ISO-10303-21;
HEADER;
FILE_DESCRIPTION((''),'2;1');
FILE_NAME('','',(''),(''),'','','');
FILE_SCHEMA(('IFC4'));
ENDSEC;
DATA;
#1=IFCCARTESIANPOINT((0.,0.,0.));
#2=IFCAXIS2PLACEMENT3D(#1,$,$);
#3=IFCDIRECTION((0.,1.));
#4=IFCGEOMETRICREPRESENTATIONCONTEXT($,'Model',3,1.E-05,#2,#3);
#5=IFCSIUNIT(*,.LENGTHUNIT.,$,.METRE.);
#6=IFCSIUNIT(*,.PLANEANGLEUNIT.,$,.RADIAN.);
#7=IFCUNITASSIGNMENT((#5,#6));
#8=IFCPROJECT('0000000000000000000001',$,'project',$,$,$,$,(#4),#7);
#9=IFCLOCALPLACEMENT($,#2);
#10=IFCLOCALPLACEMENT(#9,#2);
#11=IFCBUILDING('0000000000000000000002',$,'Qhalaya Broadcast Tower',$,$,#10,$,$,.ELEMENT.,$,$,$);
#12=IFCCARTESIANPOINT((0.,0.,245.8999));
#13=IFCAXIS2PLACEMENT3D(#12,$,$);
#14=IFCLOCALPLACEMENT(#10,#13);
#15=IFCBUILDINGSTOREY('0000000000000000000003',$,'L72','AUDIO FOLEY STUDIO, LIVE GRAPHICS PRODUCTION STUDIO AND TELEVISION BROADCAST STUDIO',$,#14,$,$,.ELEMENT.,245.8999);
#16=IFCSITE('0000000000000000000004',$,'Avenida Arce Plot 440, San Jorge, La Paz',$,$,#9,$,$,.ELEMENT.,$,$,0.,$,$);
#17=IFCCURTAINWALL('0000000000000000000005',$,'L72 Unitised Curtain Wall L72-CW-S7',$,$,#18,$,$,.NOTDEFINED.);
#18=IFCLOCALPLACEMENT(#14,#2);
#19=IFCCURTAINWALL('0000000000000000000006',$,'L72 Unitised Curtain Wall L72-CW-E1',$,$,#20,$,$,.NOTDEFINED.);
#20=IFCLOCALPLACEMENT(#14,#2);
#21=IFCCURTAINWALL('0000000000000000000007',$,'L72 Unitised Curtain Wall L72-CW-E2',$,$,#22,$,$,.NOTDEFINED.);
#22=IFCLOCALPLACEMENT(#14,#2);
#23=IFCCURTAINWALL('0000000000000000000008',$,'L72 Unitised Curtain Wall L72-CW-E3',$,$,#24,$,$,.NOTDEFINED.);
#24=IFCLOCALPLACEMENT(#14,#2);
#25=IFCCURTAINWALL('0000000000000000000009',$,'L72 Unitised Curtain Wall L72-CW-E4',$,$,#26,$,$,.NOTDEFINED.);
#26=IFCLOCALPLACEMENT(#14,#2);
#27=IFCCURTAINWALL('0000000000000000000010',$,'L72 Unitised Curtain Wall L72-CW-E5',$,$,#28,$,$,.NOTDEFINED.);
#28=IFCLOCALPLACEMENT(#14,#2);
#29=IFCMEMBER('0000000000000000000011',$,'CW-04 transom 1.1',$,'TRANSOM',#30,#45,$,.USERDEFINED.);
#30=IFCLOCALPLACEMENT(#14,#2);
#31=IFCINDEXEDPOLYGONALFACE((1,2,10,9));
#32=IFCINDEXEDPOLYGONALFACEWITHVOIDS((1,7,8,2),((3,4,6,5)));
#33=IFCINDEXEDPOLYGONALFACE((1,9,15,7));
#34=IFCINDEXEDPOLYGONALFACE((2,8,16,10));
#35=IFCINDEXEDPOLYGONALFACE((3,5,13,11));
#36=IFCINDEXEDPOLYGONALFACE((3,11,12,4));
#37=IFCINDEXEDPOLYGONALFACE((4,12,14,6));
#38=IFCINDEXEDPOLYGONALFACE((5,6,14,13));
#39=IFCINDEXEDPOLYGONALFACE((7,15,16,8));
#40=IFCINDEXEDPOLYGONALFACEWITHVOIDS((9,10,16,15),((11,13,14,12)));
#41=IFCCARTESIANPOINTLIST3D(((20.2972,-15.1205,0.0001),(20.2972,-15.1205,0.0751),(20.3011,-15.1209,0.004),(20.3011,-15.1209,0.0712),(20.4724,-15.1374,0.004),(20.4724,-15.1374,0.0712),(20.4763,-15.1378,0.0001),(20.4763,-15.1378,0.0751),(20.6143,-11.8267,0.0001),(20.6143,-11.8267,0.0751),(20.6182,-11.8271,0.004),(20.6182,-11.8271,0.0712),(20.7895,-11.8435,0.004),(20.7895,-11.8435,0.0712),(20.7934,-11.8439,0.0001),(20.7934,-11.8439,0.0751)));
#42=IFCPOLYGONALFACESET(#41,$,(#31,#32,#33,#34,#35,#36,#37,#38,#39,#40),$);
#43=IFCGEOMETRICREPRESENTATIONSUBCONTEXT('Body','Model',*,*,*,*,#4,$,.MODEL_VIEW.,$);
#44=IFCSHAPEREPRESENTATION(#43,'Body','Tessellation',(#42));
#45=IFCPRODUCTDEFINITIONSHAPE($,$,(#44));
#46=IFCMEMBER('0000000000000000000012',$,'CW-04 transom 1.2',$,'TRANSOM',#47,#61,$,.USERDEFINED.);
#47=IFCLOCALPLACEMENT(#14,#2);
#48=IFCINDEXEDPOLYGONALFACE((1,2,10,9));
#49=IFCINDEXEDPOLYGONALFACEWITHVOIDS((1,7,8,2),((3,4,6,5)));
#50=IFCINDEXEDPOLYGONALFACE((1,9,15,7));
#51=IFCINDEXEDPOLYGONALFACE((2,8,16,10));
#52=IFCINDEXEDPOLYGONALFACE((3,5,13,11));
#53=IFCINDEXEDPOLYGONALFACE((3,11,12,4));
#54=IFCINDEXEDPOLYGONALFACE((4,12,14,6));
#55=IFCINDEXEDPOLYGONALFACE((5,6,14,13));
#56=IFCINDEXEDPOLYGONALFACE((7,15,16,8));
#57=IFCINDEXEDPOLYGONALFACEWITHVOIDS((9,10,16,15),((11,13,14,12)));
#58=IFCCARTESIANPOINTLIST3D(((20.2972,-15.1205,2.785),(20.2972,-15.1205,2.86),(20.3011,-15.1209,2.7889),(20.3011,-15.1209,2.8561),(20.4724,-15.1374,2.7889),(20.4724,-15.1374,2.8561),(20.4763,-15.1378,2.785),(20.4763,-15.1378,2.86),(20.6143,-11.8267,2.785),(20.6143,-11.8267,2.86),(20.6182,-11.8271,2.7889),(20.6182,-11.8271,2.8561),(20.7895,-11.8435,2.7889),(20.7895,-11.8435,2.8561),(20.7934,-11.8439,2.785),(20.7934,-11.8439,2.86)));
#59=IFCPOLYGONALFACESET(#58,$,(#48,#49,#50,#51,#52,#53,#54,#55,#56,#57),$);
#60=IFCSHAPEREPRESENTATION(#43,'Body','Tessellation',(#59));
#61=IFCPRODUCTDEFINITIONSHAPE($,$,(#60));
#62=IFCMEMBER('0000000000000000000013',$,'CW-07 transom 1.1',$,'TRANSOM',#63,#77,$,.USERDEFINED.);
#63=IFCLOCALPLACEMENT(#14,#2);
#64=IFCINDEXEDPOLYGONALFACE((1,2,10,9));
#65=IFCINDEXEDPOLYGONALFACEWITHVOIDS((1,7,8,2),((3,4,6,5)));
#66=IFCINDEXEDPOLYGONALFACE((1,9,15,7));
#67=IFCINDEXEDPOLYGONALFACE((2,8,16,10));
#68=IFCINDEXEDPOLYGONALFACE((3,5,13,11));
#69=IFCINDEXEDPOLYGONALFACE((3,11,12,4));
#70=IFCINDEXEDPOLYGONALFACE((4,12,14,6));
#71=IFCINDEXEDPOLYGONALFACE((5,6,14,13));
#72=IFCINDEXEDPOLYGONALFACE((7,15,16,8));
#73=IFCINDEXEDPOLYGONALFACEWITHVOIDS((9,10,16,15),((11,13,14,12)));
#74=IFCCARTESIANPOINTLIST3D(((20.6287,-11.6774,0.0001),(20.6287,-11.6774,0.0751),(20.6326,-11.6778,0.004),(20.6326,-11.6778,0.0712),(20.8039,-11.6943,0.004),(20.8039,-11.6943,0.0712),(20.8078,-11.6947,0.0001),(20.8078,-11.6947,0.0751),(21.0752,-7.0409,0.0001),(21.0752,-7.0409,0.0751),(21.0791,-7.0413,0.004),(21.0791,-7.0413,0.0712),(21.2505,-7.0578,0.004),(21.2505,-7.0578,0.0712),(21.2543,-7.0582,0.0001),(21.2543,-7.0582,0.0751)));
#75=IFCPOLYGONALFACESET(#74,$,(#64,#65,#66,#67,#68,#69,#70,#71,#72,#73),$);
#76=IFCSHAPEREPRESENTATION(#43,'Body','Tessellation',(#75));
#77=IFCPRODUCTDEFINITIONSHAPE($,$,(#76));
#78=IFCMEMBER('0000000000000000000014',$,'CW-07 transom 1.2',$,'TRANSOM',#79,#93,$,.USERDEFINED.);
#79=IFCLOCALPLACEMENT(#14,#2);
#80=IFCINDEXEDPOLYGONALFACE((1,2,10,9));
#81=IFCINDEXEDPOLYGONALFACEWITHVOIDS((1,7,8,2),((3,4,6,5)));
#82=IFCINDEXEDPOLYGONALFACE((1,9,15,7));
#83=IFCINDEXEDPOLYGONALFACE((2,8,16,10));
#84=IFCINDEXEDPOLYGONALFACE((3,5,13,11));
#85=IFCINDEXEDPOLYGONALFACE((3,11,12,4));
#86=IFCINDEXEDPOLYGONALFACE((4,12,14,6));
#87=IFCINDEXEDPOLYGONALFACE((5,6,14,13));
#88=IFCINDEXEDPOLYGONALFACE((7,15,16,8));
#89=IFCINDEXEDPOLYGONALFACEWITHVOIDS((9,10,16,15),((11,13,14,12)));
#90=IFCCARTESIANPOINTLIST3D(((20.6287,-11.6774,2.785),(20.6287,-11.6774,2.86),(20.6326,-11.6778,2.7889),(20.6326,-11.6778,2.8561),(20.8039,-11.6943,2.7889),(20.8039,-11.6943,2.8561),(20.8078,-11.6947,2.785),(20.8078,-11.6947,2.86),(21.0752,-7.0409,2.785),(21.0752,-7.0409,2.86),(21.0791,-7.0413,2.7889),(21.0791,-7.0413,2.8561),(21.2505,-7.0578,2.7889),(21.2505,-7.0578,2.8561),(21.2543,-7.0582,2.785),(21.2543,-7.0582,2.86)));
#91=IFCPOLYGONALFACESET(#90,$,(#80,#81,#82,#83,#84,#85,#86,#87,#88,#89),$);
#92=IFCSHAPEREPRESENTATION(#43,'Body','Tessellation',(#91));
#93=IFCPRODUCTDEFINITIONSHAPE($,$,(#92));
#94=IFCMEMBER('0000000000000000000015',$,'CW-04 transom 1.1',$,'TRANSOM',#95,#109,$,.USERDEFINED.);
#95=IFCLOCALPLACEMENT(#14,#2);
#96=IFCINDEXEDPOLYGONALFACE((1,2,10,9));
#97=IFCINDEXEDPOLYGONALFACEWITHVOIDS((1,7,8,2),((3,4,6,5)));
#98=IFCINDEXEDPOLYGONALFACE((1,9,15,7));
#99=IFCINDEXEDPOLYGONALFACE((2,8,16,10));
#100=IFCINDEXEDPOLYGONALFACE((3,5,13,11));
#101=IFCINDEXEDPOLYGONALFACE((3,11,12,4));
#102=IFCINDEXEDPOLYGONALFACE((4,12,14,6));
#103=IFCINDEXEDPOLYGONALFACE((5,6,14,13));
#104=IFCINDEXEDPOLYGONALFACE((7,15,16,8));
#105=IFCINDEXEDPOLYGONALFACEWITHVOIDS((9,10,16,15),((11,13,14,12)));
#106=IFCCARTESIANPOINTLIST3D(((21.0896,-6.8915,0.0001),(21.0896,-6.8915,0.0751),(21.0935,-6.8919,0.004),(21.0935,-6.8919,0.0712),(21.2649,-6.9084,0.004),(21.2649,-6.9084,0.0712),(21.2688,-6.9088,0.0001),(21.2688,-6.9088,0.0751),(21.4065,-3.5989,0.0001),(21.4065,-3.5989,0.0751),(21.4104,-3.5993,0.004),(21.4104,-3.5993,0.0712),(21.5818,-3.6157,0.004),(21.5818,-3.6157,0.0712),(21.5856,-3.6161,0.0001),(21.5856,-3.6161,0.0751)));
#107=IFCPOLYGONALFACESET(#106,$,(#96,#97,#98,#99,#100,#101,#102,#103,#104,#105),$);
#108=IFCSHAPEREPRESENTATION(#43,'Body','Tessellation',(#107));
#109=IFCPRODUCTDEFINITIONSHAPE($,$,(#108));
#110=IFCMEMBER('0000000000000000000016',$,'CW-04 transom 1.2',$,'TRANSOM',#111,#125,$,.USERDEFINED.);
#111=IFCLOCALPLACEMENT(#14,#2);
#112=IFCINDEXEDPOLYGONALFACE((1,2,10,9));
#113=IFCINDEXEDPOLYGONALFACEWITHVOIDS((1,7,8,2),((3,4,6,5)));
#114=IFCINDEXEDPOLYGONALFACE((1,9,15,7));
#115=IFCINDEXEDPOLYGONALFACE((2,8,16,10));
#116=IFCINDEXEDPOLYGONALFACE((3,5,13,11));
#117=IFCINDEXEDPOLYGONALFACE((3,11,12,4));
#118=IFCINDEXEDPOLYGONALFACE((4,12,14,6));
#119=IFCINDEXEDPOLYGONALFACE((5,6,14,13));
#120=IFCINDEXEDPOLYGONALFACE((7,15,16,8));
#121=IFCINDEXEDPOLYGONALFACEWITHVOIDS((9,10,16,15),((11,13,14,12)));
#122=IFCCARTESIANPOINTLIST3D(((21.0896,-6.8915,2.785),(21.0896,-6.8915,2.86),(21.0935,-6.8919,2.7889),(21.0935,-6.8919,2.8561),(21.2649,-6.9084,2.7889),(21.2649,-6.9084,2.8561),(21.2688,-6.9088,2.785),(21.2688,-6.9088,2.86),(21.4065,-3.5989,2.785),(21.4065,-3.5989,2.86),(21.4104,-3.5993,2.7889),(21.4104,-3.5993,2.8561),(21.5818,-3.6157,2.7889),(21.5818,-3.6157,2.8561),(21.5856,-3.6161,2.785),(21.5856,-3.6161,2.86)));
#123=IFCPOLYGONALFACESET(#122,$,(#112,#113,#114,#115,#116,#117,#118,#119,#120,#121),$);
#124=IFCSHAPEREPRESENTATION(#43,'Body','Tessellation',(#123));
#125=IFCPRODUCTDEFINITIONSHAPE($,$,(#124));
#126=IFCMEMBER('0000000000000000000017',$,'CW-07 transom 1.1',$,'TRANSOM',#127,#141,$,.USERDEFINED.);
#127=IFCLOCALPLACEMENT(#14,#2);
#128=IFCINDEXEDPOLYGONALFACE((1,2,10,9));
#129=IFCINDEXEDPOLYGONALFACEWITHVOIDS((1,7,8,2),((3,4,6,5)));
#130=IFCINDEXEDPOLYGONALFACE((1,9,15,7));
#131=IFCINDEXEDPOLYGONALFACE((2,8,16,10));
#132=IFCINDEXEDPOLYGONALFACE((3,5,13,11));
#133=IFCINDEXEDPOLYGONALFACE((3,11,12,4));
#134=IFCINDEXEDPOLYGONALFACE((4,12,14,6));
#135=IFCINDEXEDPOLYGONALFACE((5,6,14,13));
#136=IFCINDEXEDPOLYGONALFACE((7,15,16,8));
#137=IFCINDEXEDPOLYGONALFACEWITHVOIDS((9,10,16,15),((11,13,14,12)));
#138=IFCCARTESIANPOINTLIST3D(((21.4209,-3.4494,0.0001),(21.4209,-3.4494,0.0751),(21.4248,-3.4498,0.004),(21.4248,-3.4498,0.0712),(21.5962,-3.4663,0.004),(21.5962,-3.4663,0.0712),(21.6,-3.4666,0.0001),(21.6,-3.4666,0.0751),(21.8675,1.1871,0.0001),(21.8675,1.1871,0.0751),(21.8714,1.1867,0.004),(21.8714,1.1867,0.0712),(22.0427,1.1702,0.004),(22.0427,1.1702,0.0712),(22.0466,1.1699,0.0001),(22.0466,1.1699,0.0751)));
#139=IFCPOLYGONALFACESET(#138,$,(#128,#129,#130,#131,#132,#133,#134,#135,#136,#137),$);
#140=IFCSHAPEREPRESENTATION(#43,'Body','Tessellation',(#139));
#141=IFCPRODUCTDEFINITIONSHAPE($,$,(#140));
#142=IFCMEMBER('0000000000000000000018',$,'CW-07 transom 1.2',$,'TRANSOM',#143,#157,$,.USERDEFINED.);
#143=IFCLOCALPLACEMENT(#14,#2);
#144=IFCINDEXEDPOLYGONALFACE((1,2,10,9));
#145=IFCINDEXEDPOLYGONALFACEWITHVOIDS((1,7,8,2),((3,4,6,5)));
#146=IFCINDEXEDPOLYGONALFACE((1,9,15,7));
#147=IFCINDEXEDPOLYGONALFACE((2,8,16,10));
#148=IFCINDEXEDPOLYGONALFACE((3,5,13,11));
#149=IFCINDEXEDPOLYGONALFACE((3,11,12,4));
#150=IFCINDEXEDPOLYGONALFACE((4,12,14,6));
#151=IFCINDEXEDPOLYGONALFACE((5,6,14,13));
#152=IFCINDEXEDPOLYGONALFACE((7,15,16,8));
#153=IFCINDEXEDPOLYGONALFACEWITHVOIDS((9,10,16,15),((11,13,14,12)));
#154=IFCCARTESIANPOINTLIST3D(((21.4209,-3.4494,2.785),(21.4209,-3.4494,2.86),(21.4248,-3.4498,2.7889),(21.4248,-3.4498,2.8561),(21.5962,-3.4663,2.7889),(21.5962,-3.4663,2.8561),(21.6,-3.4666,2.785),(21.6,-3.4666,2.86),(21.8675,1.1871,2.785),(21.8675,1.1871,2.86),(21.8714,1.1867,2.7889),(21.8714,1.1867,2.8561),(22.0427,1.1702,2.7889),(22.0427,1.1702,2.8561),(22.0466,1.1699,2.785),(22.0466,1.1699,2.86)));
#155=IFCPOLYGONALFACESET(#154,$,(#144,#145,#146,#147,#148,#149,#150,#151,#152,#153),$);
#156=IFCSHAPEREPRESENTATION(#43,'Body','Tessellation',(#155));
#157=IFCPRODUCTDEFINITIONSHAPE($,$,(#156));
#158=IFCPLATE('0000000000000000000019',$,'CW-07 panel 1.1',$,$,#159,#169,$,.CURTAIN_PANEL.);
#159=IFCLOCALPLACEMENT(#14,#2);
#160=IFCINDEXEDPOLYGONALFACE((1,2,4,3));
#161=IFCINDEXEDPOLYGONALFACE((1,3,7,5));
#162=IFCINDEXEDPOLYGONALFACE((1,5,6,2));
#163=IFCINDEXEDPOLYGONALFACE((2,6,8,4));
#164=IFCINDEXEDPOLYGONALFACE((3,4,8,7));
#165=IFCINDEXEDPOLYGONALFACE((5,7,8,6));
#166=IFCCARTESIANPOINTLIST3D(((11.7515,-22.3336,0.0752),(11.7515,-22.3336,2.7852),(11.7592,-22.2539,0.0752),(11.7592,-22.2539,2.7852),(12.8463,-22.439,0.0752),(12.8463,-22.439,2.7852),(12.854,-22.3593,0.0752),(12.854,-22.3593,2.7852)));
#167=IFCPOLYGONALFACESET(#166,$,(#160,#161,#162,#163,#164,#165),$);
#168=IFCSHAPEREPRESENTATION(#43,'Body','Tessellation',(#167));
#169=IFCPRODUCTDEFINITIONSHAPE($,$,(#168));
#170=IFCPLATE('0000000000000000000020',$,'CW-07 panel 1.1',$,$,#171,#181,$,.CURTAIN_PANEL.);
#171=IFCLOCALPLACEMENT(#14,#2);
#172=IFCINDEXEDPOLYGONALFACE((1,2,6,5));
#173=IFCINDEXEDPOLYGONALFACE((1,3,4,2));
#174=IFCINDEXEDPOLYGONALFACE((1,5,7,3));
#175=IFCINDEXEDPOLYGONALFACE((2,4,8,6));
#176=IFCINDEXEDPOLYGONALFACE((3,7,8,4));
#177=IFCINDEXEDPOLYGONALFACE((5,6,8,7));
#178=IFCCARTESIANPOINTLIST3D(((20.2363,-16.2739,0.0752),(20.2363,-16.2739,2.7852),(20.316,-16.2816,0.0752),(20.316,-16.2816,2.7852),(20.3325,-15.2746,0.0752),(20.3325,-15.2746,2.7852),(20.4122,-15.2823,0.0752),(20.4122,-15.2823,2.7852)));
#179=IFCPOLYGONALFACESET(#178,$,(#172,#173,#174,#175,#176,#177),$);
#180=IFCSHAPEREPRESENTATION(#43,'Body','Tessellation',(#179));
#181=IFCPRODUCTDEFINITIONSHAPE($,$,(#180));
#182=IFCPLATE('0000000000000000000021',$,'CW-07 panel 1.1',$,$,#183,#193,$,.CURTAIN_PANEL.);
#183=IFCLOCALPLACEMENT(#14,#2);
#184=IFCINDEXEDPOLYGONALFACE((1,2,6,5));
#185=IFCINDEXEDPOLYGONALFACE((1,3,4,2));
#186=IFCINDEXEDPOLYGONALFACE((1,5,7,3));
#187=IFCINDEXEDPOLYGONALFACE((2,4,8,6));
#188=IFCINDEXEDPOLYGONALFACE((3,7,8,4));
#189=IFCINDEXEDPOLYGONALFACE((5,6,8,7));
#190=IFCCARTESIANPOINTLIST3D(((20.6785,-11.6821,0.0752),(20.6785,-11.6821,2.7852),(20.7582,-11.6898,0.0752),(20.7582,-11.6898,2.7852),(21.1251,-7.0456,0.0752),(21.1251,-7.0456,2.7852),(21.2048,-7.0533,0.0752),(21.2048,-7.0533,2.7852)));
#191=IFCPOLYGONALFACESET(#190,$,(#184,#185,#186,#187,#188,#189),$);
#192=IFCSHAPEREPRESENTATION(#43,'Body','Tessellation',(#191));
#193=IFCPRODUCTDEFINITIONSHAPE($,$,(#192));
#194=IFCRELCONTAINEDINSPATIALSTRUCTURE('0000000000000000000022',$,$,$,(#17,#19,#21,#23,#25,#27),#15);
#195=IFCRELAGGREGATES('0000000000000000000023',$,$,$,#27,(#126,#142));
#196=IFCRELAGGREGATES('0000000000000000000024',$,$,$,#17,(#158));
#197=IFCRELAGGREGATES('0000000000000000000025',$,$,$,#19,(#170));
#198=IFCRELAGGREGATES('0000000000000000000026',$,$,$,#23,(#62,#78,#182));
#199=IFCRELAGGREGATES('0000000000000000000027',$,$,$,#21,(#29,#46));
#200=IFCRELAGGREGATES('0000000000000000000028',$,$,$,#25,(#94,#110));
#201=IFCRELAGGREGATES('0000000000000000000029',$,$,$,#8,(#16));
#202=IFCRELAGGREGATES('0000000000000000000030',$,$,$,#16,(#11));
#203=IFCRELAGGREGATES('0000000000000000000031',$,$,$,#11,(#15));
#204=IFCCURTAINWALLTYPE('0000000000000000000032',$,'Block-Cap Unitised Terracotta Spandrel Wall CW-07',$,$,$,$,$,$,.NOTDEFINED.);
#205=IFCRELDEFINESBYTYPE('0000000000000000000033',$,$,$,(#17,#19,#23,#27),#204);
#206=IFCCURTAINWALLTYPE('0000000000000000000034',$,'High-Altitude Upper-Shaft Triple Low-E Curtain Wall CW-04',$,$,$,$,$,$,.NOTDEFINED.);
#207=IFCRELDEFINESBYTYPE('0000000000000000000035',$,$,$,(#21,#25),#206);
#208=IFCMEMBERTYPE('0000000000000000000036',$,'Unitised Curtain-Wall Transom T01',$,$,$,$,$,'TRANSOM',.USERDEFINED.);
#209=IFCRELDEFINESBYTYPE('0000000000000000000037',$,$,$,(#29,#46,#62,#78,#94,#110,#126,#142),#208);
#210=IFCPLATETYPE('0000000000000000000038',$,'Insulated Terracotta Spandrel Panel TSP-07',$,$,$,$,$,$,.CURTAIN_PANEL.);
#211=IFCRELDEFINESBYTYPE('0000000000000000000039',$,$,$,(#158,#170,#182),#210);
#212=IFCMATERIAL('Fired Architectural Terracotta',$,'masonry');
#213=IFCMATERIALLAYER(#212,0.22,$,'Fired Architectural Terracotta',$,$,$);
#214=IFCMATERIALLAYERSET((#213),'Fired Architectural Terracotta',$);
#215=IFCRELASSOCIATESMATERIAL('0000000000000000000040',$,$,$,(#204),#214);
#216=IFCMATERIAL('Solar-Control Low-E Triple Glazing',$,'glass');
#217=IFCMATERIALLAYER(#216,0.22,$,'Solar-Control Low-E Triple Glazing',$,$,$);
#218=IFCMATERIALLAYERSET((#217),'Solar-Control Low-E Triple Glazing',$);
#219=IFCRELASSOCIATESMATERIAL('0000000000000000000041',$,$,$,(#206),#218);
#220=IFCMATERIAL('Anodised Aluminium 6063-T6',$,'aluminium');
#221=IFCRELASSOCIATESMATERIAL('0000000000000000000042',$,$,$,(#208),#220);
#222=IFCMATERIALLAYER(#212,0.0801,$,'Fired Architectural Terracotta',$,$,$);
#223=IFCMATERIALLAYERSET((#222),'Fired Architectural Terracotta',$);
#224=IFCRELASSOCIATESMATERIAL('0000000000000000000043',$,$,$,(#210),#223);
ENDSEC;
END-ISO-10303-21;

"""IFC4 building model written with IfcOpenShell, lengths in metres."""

from ifc_helpers import new_model, si_unit, direction, frame, origin, origin_2d, place, context, subcontext, project, spatial, rectangle, hollow_rectangle, extrude, material, layer, layer_set, material_profile, profile_set, type_object, element, aggregate, save


model = new_model("IFC4")

# Units and contexts
model_context = context("Model", 3, precision=1e-05, world=origin(), true_north=direction((0.0, 1.0)))
body_context = subcontext(model_context, "Body", "Model", "MODEL_VIEW")
ifc_project = project(units=[si_unit("LENGTHUNIT", "METRE"), si_unit("PLANEANGLEUNIT", "RADIAN")], contexts=[model_context])

# Site, building, storey
site_placement = place(None, origin())
site = spatial("IfcSite", under=ifc_project, at=site_placement, Name="Avenida Arce Plot 440, San Jorge, La Paz", CompositionType="ELEMENT", RefElevation=0.0)
building_placement = place(site_placement, origin())
building = spatial("IfcBuilding", under=site, at=building_placement, Name="Qhalaya Broadcast Tower", CompositionType="ELEMENT")
storey_placement = place(building_placement, frame((0.0, 0.0, 245.8999)))
storey = spatial("IfcBuildingStorey", under=building, at=storey_placement, Name="L72", Description="AUDIO FOLEY STUDIO, LIVE GRAPHICS PRODUCTION STUDIO AND TELEVISION BROADCAST STUDIO", CompositionType="ELEMENT", Elevation=245.8999)

# Curtain walls
ifc_material_1 = material(Name="Fired Architectural Terracotta", Category="masonry")
ifc_layer_1 = layer(ifc_material_1, 0.22, Name="Fired Architectural Terracotta")
ifc_layer_set_1 = layer_set([ifc_layer_1], Name="Fired Architectural Terracotta")
curtain_wall_type_1 = type_object("IfcCurtainWallType", Name="Block-Cap Unitised Terracotta Spandrel Wall CW-07", PredefinedType="NOTDEFINED", material=ifc_layer_set_1)
curtain_wall_1_placement = place(storey_placement, origin())
curtain_wall_1 = element("IfcCurtainWall", 1, at=curtain_wall_1_placement, inside=storey, type_object=curtain_wall_type_1, Name="L72 Unitised Curtain Wall L72-CW-S7", PredefinedType="NOTDEFINED")
ifc_material_2 = material(Name="Anodised Aluminium 6063-T6", Category="aluminium")
curtain_wall_2_placement = place(storey_placement, origin())
curtain_wall_2 = element("IfcCurtainWall", 2, at=curtain_wall_2_placement, inside=storey, type_object=curtain_wall_type_1, Name="L72 Unitised Curtain Wall L72-CW-E1", PredefinedType="NOTDEFINED")
ifc_material_3 = material(Name="Solar-Control Low-E Triple Glazing", Category="glass")
ifc_layer_2 = layer(ifc_material_3, 0.22, Name="Solar-Control Low-E Triple Glazing")
ifc_layer_set_2 = layer_set([ifc_layer_2], Name="Solar-Control Low-E Triple Glazing")
curtain_wall_type_2 = type_object("IfcCurtainWallType", Name="High-Altitude Upper-Shaft Triple Low-E Curtain Wall CW-04", PredefinedType="NOTDEFINED", material=ifc_layer_set_2)
curtain_wall_3_placement = place(storey_placement, origin())
curtain_wall_3 = element("IfcCurtainWall", 3, at=curtain_wall_3_placement, inside=storey, type_object=curtain_wall_type_2, Name="L72 Unitised Curtain Wall L72-CW-E2", PredefinedType="NOTDEFINED")
curtain_wall_4_placement = place(storey_placement, origin())
curtain_wall_4 = element("IfcCurtainWall", 4, at=curtain_wall_4_placement, inside=storey, type_object=curtain_wall_type_1, Name="L72 Unitised Curtain Wall L72-CW-E3", PredefinedType="NOTDEFINED")
curtain_wall_5_placement = place(storey_placement, origin())
curtain_wall_5 = element("IfcCurtainWall", 5, at=curtain_wall_5_placement, inside=storey, type_object=curtain_wall_type_2, Name="L72 Unitised Curtain Wall L72-CW-E4", PredefinedType="NOTDEFINED")

# Curtain wall
curtain_wall_6_placement = place(storey_placement, origin())
curtain_wall_6 = element("IfcCurtainWall", 6, at=curtain_wall_6_placement, inside=storey, type_object=curtain_wall_type_1, Name="L72 Unitised Curtain Wall L72-CW-E5", PredefinedType="NOTDEFINED")

# Members
ifc_material_profile_1 = material_profile(ifc_material_2, hollow_rectangle(XDim=0.075, YDim=0.1799, WallThickness=0.0039, at=origin_2d()), Name="ALU-TRN 75x180x4")
ifc_profile_set_1 = profile_set([ifc_material_profile_1], Name="Anodised Aluminium 6063-T6")
member_type_1 = type_object("IfcMemberType", Name="Unitised Curtain-Wall Transom T01", ElementType="TRANSOM", PredefinedType="USERDEFINED", material=ifc_profile_set_1)
member_1_placement = place(storey_placement, frame((20.3867, -15.1292, 0.0376), z_axis=(0.095836, 0.995397, 0.0), x_axis=(0.0, 0.0, 1.0)))
member_1 = element("IfcMember", 7, at=member_1_placement, type_object=member_type_1, Name="CW-04 transom 1.1", ObjectType="TRANSOM", PredefinedType="USERDEFINED", context=body_context, shape_type="SweptSolid", body=[
    extrude(hollow_rectangle(XDim=0.075, YDim=0.1799, WallThickness=0.0039, at=origin_2d()), origin(), (0.0, 0.0, 1.0), 3.3091),
])
member_2_placement = place(storey_placement, frame((20.3867, -15.1292, 2.8225), z_axis=(0.095836, 0.995397, 0.0), x_axis=(0.0, 0.0, 1.0)))
member_2 = element("IfcMember", 8, at=member_2_placement, type_object=member_type_1, Name="CW-04 transom 1.2", ObjectType="TRANSOM", PredefinedType="USERDEFINED", context=body_context, shape_type="SweptSolid", body=[
    extrude(hollow_rectangle(XDim=0.075, YDim=0.1799, WallThickness=0.0039, at=origin_2d()), origin(), (0.0, 0.0, 1.0), 3.3091),
])
member_3_placement = place(storey_placement, frame((20.7183, -11.686, 0.0376), z_axis=(0.095865, 0.995394, 0.0), x_axis=(0.0, 0.0, 1.0)))
member_3 = element("IfcMember", 9, at=member_3_placement, type_object=member_type_1, Name="CW-07 transom 1.1", ObjectType="TRANSOM", PredefinedType="USERDEFINED", context=body_context, shape_type="SweptSolid", body=[
    extrude(hollow_rectangle(XDim=0.075, YDim=0.1799, WallThickness=0.0039, at=origin_2d()), origin(), (0.0, 0.0, 1.0), 4.658),
])
member_4_placement = place(storey_placement, frame((20.7183, -11.686, 2.8225), z_axis=(0.095865, 0.995394, 0.0), x_axis=(0.0, 0.0, 1.0)))
member_4 = element("IfcMember", 10, at=member_4_placement, type_object=member_type_1, Name="CW-07 transom 1.2", ObjectType="TRANSOM", PredefinedType="USERDEFINED", context=body_context, shape_type="SweptSolid", body=[
    extrude(hollow_rectangle(XDim=0.075, YDim=0.1799, WallThickness=0.0039, at=origin_2d()), origin(), (0.0, 0.0, 1.0), 4.658),
])
member_5_placement = place(storey_placement, frame((21.1792, -6.9001, 0.0376), z_axis=(0.095798, 0.995401, 0.0), x_axis=(0.0, 0.0, 1.0)))
member_5 = element("IfcMember", 11, at=member_5_placement, type_object=member_type_1, Name="CW-04 transom 1.1", ObjectType="TRANSOM", PredefinedType="USERDEFINED", context=body_context, shape_type="SweptSolid", body=[
    extrude(hollow_rectangle(XDim=0.075, YDim=0.1799, WallThickness=0.0039, at=origin_2d()), origin(), (0.0, 0.0, 1.0), 3.3079),
])
member_6_placement = place(storey_placement, frame((21.1792, -6.9001, 2.8225), z_axis=(0.095798, 0.995401, 0.0), x_axis=(0.0, 0.0, 1.0)))
member_6 = element("IfcMember", 12, at=member_6_placement, type_object=member_type_1, Name="CW-04 transom 1.2", ObjectType="TRANSOM", PredefinedType="USERDEFINED", context=body_context, shape_type="SweptSolid", body=[
    extrude(hollow_rectangle(XDim=0.075, YDim=0.1799, WallThickness=0.0039, at=origin_2d()), origin(), (0.0, 0.0, 1.0), 3.3079),
])
member_7_placement = place(storey_placement, frame((21.5105, -3.458, 0.0376), z_axis=(0.095865, 0.995394, 0.0), x_axis=(0.0, 0.0, 1.0)))
member_7 = element("IfcMember", 13, at=member_7_placement, type_object=member_type_1, Name="CW-07 transom 1.1", ObjectType="TRANSOM", PredefinedType="USERDEFINED", context=body_context, shape_type="SweptSolid", body=[
    extrude(hollow_rectangle(XDim=0.075, YDim=0.1799, WallThickness=0.0039, at=origin_2d()), origin(), (0.0, 0.0, 1.0), 4.658),
])
member_8_placement = place(storey_placement, frame((21.5105, -3.458, 2.8225), z_axis=(0.095865, 0.995394, 0.0), x_axis=(0.0, 0.0, 1.0)))
member_8 = element("IfcMember", 14, at=member_8_placement, type_object=member_type_1, Name="CW-07 transom 1.2", ObjectType="TRANSOM", PredefinedType="USERDEFINED", context=body_context, shape_type="SweptSolid", body=[
    extrude(hollow_rectangle(XDim=0.075, YDim=0.1799, WallThickness=0.0039, at=origin_2d()), origin(), (0.0, 0.0, 1.0), 4.658),
])
aggregate(curtain_wall_6, [member_7, member_8])

# Plates
ifc_layer_3 = layer(ifc_material_1, 0.0801, Name="Fired Architectural Terracotta")
ifc_layer_set_3 = layer_set([ifc_layer_3], Name="Fired Architectural Terracotta")
plate_type_1 = type_object("IfcPlateType", Name="Insulated Terracotta Spandrel Panel TSP-07", PredefinedType="CURTAIN_PANEL", material=ifc_layer_set_3)
plate_1_placement = place(storey_placement, frame((12.3027, -22.3464, 0.0752), z_axis=(0.0, 0.0, 1.0), x_axis=(0.995396, -0.095844, 0.0)))
plate_1 = element("IfcPlate", 15, at=plate_1_placement, type_object=plate_type_1, Name="CW-07 panel 1.1", PredefinedType="CURTAIN_PANEL", context=body_context, shape_type="SweptSolid", body=[
    extrude(rectangle(XDim=1.0999, YDim=0.0801, at=origin_2d()), origin(), (0.0, 0.0, 1.0), 2.71),
])
aggregate(curtain_wall_1, [plate_1])
plate_2_placement = place(storey_placement, frame((20.3242, -15.7781, 0.0752), z_axis=(0.0, 0.0, 1.0), x_axis=(0.09584, 0.995397, 0.0)))
plate_2 = element("IfcPlate", 16, at=plate_2_placement, type_object=plate_type_1, Name="CW-07 panel 1.1", PredefinedType="CURTAIN_PANEL", context=body_context, shape_type="SweptSolid", body=[
    extrude(rectangle(XDim=1.0039, YDim=0.0801, at=origin_2d()), origin(), (0.0, 0.0, 1.0), 2.71),
])
aggregate(curtain_wall_2, [plate_2])
plate_3_placement = place(storey_placement, frame((20.9417, -9.3677, 0.0752), z_axis=(0.0, 0.0, 1.0), x_axis=(0.095862, 0.995395, 0.0)))
plate_3 = element("IfcPlate", 17, at=plate_3_placement, type_object=plate_type_1, Name="CW-07 panel 1.1", PredefinedType="CURTAIN_PANEL", context=body_context, shape_type="SweptSolid", body=[
    extrude(rectangle(XDim=4.658, YDim=0.0801, at=origin_2d()), origin(), (0.0, 0.0, 1.0), 2.71),
])
aggregate(curtain_wall_4, [member_3, member_4, plate_3])
aggregate(curtain_wall_3, [member_1, member_2])
aggregate(curtain_wall_5, [member_5, member_6])

save(model, "model.ifc")
